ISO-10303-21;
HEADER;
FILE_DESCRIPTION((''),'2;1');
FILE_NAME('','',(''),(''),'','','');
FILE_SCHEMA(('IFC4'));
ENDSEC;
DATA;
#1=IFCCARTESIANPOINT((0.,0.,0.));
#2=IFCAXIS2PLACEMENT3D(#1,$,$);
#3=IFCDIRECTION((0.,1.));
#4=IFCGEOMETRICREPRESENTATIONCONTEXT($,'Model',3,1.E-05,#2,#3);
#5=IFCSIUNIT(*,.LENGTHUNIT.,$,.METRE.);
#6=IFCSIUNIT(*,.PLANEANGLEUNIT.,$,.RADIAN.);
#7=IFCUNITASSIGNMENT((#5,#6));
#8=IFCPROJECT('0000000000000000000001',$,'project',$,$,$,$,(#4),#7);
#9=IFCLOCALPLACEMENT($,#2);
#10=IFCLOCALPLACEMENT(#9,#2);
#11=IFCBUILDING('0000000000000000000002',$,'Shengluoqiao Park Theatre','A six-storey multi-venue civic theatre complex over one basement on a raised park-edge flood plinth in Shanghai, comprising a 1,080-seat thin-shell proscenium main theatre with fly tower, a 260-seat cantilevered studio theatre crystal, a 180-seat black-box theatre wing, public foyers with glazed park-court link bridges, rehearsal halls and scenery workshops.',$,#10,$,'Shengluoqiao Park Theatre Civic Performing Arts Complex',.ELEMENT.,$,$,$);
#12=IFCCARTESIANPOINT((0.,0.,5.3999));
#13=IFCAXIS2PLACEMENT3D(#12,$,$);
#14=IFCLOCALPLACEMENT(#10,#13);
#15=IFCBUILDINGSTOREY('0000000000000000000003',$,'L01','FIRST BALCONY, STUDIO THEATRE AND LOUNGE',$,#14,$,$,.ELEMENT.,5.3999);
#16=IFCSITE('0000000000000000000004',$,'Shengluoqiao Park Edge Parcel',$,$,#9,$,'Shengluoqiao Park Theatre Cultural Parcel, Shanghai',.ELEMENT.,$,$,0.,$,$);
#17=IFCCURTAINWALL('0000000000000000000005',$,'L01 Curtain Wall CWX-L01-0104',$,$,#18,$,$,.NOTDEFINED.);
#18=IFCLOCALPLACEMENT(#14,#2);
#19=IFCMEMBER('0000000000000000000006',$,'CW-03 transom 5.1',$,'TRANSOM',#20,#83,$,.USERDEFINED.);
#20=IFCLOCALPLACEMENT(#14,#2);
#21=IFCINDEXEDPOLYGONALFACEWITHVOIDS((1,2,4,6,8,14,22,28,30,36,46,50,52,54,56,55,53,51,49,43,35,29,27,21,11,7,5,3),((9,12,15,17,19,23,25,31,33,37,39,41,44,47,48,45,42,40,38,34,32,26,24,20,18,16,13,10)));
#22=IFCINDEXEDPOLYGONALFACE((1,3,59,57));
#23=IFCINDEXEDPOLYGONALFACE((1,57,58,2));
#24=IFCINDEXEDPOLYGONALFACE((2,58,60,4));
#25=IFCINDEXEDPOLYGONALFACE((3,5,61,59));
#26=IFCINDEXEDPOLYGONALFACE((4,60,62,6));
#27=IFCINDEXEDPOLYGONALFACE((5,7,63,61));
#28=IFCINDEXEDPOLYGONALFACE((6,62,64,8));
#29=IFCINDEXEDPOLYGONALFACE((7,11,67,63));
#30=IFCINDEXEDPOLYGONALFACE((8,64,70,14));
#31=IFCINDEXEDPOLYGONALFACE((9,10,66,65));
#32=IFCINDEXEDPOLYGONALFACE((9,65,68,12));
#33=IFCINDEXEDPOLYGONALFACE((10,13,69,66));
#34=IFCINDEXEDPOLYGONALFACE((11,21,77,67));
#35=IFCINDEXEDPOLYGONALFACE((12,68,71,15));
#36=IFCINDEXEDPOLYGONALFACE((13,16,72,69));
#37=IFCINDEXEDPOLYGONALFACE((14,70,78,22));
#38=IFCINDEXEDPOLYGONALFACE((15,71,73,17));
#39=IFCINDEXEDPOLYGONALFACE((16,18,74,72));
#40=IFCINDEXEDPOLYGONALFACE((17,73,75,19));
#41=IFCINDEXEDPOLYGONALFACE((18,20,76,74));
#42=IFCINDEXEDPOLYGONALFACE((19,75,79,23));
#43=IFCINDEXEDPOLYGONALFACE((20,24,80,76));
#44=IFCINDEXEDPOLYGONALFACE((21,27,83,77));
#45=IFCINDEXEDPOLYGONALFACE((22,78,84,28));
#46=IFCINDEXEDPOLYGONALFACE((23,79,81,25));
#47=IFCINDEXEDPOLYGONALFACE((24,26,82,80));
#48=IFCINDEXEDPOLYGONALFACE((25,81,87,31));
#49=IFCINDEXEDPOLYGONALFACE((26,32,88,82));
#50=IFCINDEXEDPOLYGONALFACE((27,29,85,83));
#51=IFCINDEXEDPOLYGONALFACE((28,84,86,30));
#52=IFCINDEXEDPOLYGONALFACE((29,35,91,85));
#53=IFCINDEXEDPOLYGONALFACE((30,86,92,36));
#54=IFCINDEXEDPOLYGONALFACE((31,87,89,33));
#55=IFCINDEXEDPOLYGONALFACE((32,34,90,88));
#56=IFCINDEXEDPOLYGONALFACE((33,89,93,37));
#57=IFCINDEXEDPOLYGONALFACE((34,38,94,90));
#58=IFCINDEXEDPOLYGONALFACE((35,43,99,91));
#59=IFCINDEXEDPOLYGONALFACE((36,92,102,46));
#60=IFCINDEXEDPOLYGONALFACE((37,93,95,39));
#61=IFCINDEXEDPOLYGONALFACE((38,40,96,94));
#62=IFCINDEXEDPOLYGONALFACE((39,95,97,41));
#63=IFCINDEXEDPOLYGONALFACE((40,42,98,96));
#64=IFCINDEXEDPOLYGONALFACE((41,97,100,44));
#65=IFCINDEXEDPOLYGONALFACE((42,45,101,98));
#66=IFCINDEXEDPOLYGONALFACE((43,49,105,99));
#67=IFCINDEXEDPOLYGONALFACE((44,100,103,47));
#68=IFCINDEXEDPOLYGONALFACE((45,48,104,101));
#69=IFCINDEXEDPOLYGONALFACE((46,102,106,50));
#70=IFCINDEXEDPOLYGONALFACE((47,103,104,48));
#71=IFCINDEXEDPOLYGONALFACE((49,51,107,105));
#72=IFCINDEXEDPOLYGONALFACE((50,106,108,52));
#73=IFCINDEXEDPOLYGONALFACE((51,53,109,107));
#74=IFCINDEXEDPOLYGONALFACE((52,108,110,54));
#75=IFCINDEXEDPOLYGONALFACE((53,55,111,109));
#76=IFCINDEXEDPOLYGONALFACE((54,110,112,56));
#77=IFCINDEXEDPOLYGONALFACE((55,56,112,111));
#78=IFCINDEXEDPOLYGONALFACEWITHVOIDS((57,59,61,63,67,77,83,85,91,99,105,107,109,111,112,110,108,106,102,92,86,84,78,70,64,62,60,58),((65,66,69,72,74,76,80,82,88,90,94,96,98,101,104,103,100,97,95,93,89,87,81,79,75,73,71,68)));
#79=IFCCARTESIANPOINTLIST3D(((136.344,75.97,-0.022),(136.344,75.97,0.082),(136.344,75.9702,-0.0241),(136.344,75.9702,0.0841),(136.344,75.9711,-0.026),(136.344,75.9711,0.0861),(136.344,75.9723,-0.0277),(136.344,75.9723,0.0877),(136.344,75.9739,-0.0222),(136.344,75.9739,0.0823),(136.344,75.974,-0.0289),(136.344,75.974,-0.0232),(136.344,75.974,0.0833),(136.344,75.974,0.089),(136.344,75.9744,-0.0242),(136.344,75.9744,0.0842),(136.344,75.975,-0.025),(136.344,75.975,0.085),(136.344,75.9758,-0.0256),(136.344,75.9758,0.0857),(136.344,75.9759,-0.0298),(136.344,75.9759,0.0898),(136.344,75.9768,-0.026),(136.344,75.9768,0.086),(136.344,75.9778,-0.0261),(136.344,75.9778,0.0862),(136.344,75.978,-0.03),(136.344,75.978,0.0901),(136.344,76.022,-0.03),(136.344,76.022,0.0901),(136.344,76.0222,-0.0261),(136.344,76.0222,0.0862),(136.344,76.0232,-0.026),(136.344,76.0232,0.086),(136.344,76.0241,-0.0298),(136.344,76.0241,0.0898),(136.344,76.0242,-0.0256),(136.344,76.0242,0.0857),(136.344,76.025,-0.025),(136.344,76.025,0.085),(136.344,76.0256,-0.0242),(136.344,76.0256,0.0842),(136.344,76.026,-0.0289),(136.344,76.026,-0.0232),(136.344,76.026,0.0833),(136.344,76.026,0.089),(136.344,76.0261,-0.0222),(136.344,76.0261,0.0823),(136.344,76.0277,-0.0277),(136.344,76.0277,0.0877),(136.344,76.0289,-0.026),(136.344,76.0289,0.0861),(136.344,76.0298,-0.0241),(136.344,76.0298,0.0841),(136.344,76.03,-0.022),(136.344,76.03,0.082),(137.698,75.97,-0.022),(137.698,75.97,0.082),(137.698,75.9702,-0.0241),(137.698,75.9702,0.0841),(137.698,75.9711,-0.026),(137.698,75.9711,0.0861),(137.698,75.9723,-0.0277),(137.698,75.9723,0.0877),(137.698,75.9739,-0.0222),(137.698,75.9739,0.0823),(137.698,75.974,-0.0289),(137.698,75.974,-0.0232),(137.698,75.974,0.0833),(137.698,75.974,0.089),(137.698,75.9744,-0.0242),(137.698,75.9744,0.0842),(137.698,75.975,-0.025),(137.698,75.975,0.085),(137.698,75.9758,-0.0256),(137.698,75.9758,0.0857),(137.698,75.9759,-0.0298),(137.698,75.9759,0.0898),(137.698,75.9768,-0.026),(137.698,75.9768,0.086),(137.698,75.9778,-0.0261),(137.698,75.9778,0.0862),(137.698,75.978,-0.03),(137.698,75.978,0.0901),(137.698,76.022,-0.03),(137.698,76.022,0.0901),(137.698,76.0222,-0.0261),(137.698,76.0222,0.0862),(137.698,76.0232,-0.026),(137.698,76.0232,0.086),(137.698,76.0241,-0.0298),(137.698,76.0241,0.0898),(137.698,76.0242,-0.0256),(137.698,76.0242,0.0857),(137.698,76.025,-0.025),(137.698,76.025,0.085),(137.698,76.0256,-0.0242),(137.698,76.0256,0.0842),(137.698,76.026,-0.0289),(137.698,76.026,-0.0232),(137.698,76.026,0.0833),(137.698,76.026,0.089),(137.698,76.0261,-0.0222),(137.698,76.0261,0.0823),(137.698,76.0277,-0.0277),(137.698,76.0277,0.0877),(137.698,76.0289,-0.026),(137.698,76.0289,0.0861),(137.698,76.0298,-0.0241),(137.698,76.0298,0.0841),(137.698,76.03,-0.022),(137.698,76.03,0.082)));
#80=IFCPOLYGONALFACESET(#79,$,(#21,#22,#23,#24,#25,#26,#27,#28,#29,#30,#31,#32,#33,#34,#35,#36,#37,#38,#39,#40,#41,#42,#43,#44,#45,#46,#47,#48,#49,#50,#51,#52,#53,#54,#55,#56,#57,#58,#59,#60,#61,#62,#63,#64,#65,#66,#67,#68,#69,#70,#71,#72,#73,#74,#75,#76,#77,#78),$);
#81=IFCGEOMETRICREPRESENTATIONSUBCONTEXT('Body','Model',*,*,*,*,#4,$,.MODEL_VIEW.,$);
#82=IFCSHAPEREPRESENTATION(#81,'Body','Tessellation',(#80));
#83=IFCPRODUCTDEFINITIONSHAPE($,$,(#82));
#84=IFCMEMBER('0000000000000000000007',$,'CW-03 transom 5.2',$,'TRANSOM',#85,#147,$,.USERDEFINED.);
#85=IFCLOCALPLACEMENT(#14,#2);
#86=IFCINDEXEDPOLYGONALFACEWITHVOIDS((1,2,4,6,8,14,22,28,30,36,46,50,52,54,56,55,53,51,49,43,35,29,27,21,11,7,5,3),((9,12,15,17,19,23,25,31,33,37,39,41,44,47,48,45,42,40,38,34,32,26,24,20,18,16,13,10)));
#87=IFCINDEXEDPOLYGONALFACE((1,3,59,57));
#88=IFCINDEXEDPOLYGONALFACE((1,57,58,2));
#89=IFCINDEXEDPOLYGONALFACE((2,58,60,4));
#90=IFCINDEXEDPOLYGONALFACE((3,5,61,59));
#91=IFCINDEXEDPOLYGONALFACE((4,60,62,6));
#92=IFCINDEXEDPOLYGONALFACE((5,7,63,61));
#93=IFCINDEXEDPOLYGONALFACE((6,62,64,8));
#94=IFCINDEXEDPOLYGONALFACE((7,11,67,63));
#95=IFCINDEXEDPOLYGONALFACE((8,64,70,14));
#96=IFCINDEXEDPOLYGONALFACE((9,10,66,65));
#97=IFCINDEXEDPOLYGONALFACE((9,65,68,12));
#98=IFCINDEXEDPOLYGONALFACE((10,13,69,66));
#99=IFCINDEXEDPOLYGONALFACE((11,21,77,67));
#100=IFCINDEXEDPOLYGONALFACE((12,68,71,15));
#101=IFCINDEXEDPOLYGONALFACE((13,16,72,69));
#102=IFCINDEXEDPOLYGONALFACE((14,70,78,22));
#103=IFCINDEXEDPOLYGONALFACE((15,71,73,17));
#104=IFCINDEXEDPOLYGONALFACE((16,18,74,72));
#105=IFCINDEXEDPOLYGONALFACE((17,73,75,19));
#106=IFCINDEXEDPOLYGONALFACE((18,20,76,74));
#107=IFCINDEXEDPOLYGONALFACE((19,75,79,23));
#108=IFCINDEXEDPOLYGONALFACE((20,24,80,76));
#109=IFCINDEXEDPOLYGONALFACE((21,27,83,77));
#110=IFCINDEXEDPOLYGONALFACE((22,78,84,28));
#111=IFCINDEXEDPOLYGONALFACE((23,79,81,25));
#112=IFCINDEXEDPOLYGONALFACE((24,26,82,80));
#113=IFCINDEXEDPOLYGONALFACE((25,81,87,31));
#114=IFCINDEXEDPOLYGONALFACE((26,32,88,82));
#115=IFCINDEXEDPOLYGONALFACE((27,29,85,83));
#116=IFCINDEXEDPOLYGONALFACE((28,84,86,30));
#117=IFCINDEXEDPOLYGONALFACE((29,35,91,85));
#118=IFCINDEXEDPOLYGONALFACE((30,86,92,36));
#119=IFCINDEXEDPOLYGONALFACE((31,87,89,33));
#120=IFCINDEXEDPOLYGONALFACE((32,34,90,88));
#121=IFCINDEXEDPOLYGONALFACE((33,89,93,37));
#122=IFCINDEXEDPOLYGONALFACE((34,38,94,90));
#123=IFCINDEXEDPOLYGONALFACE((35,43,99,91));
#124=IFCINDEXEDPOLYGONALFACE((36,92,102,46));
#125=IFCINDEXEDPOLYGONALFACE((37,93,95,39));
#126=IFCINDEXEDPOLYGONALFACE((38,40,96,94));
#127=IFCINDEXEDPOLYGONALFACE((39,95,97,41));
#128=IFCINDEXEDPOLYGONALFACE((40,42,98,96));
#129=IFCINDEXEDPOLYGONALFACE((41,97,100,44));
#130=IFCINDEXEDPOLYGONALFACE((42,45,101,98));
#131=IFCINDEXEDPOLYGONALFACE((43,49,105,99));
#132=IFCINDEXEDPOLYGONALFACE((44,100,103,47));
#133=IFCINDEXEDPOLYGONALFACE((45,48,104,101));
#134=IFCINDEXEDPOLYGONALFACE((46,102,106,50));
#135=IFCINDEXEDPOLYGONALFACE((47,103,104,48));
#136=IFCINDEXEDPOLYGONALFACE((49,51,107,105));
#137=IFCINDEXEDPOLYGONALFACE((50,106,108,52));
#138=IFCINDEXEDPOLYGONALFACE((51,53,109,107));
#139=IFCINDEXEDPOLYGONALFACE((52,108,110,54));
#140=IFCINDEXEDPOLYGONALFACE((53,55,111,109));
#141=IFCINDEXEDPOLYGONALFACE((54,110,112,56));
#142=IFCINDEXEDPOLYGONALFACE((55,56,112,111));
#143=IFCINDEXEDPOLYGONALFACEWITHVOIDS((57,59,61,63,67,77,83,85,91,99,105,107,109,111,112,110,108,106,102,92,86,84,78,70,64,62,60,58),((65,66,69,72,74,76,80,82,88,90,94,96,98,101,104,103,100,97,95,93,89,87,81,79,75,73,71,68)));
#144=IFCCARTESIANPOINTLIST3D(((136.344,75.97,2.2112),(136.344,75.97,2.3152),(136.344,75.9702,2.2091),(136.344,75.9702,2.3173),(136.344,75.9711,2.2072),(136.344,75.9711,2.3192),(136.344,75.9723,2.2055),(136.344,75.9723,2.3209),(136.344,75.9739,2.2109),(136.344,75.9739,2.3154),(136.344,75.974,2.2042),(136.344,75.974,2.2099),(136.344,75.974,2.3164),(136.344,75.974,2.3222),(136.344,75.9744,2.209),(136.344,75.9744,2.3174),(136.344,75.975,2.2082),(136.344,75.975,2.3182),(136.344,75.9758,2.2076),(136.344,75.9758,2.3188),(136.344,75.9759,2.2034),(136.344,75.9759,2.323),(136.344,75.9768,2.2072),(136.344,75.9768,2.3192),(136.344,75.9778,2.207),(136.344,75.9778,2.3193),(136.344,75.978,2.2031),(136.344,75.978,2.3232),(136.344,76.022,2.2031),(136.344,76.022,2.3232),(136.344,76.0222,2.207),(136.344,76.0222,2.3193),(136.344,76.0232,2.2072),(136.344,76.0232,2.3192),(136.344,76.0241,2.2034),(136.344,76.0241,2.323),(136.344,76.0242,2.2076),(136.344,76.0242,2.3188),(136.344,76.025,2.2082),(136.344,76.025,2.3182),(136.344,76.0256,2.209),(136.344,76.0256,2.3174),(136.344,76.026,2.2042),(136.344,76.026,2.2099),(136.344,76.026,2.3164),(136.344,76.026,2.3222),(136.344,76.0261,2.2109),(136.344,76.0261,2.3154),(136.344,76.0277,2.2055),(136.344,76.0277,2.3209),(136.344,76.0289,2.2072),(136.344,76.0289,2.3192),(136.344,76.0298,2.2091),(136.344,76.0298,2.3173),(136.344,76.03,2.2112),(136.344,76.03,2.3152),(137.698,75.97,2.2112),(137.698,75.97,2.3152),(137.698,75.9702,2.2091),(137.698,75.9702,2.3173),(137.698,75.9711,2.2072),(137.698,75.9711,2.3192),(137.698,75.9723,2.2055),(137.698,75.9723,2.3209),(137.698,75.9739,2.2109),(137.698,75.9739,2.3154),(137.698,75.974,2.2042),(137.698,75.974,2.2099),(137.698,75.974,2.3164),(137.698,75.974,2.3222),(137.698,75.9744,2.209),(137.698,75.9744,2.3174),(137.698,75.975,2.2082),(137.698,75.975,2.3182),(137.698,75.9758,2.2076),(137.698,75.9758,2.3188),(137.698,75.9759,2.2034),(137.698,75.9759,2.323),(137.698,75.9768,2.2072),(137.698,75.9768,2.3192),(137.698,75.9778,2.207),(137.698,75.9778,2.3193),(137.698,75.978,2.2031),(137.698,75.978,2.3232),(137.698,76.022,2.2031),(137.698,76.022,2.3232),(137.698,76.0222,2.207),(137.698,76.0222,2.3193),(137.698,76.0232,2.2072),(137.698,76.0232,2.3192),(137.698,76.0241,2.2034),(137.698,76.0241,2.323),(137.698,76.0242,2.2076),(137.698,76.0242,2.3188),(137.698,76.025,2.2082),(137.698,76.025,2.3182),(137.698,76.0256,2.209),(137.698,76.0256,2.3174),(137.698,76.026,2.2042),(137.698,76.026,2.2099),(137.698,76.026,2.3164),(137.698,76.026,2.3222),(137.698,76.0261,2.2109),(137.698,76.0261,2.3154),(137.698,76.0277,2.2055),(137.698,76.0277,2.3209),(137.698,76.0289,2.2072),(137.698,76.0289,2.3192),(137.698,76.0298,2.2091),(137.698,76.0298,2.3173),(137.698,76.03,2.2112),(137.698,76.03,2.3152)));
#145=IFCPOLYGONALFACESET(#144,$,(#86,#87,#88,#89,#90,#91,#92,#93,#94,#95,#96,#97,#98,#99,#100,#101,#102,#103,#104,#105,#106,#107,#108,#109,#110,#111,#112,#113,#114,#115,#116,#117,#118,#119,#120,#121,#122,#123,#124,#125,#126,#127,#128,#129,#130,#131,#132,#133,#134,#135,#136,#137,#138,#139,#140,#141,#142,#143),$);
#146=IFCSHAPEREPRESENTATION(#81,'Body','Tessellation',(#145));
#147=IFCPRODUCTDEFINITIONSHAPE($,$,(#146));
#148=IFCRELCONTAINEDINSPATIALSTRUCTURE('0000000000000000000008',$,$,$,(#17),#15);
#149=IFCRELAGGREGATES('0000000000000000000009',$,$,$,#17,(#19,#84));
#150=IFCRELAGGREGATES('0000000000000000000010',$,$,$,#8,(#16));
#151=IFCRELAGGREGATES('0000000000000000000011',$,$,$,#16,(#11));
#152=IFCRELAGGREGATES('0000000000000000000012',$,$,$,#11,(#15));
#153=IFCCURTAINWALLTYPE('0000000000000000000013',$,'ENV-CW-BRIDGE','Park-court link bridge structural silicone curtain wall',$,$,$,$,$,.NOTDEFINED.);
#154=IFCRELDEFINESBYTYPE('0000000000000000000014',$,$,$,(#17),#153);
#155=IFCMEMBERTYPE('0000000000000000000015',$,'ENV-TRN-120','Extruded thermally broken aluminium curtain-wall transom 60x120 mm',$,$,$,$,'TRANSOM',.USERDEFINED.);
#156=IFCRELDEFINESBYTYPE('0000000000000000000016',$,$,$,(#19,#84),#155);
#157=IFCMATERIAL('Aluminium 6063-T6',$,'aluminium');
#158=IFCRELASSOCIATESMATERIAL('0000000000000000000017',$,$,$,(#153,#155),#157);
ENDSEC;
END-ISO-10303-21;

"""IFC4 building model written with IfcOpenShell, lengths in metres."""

from ifc_helpers import new_model, si_unit, direction, frame, origin, origin_2d, place, context, subcontext, project, spatial, hollow_rectangle, extrude, material, material_profile, profile_set, type_object, element, aggregate, save


model = new_model("IFC4")

# Units and contexts
model_context = context("Model", 3, precision=1e-05, world=origin(), true_north=direction((0.0, 1.0)))
body_context = subcontext(model_context, "Body", "Model", "MODEL_VIEW")
ifc_project = project(units=[si_unit("LENGTHUNIT", "METRE"), si_unit("PLANEANGLEUNIT", "RADIAN")], contexts=[model_context])

# Site, building, storey
site_placement = place(None, origin())
site = spatial("IfcSite", under=ifc_project, at=site_placement, Name="Shengluoqiao Park Edge Parcel", LongName="Shengluoqiao Park Theatre Cultural Parcel, Shanghai", CompositionType="ELEMENT", RefElevation=0.0)
building_placement = place(site_placement, origin())
building = spatial("IfcBuilding", under=site, at=building_placement, Name="Shengluoqiao Park Theatre", Description="A six-storey multi-venue civic theatre complex over one basement on a raised park-edge flood plinth in Shanghai, comprising a 1,080-seat thin-shell proscenium main theatre with fly tower, a 260-seat cantilevered studio theatre crystal, a 180-seat black-box theatre wing, public foyers with glazed park-court link bridges, rehearsal halls and scenery workshops.", LongName="Shengluoqiao Park Theatre Civic Performing Arts Complex", CompositionType="ELEMENT")
storey_placement = place(building_placement, frame((0.0, 0.0, 5.3999)))
storey = spatial("IfcBuildingStorey", under=building, at=storey_placement, Name="L01", Description="FIRST BALCONY, STUDIO THEATRE AND LOUNGE", CompositionType="ELEMENT", Elevation=5.3999)

# Curtain wall, members
ifc_material_1 = material(Name="Aluminium 6063-T6", Category="aluminium")
curtain_wall_type = type_object("IfcCurtainWallType", Name="ENV-CW-BRIDGE", Description="Park-court link bridge structural silicone curtain wall", PredefinedType="NOTDEFINED", material=ifc_material_1)
curtain_wall_placement = place(storey_placement, origin())
curtain_wall = element("IfcCurtainWall", 1, at=curtain_wall_placement, inside=storey, type_object=curtain_wall_type, Name="L01 Curtain Wall CWX-L01-0104", PredefinedType="NOTDEFINED")
ifc_material_profile_1 = material_profile(ifc_material_1, hollow_rectangle(XDim=0.0601, YDim=0.1201, WallThickness=0.0039, InnerFilletRadius=0.0039, OuterFilletRadius=0.0081, at=origin_2d()), Name="ALU TRANSOM 120x60x4")
ifc_profile_set_1 = profile_set([ifc_material_profile_1], Name="Aluminium 6063-T6")
member_type_1 = type_object("IfcMemberType", Name="ENV-TRN-120", Description="Extruded thermally broken aluminium curtain-wall transom 60x120 mm", ElementType="TRANSOM", PredefinedType="USERDEFINED", material=ifc_profile_set_1)
member_1_placement = place(storey_placement, frame((136.344, 76.0, 0.03), z_axis=(1.0, 0.0, 0.0), x_axis=(0.0, 1.0, 0.0)))
member_1 = element("IfcMember", 2, at=member_1_placement, type_object=member_type_1, Name="CW-03 transom 5.1", ObjectType="TRANSOM", PredefinedType="USERDEFINED", context=body_context, shape_type="SweptSolid", body=[
    extrude(hollow_rectangle(XDim=0.0601, YDim=0.1201, WallThickness=0.0039, InnerFilletRadius=0.0039, OuterFilletRadius=0.0081, at=origin_2d()), origin(), (0.0, 0.0, 1.0), 1.354),
])
member_2_placement = place(storey_placement, frame((136.344, 76.0, 2.2632), z_axis=(1.0, 0.0, 0.0), x_axis=(0.0, 1.0, 0.0)))
member_2 = element("IfcMember", 3, at=member_2_placement, type_object=member_type_1, Name="CW-03 transom 5.2", ObjectType="TRANSOM", PredefinedType="USERDEFINED", context=body_context, shape_type="SweptSolid", body=[
    extrude(hollow_rectangle(XDim=0.0601, YDim=0.1201, WallThickness=0.0039, InnerFilletRadius=0.0039, OuterFilletRadius=0.0081, at=origin_2d()), origin(), (0.0, 0.0, 1.0), 1.354),
])

aggregate(curtain_wall, [member_1, member_2])

save(model, "model.ifc")
